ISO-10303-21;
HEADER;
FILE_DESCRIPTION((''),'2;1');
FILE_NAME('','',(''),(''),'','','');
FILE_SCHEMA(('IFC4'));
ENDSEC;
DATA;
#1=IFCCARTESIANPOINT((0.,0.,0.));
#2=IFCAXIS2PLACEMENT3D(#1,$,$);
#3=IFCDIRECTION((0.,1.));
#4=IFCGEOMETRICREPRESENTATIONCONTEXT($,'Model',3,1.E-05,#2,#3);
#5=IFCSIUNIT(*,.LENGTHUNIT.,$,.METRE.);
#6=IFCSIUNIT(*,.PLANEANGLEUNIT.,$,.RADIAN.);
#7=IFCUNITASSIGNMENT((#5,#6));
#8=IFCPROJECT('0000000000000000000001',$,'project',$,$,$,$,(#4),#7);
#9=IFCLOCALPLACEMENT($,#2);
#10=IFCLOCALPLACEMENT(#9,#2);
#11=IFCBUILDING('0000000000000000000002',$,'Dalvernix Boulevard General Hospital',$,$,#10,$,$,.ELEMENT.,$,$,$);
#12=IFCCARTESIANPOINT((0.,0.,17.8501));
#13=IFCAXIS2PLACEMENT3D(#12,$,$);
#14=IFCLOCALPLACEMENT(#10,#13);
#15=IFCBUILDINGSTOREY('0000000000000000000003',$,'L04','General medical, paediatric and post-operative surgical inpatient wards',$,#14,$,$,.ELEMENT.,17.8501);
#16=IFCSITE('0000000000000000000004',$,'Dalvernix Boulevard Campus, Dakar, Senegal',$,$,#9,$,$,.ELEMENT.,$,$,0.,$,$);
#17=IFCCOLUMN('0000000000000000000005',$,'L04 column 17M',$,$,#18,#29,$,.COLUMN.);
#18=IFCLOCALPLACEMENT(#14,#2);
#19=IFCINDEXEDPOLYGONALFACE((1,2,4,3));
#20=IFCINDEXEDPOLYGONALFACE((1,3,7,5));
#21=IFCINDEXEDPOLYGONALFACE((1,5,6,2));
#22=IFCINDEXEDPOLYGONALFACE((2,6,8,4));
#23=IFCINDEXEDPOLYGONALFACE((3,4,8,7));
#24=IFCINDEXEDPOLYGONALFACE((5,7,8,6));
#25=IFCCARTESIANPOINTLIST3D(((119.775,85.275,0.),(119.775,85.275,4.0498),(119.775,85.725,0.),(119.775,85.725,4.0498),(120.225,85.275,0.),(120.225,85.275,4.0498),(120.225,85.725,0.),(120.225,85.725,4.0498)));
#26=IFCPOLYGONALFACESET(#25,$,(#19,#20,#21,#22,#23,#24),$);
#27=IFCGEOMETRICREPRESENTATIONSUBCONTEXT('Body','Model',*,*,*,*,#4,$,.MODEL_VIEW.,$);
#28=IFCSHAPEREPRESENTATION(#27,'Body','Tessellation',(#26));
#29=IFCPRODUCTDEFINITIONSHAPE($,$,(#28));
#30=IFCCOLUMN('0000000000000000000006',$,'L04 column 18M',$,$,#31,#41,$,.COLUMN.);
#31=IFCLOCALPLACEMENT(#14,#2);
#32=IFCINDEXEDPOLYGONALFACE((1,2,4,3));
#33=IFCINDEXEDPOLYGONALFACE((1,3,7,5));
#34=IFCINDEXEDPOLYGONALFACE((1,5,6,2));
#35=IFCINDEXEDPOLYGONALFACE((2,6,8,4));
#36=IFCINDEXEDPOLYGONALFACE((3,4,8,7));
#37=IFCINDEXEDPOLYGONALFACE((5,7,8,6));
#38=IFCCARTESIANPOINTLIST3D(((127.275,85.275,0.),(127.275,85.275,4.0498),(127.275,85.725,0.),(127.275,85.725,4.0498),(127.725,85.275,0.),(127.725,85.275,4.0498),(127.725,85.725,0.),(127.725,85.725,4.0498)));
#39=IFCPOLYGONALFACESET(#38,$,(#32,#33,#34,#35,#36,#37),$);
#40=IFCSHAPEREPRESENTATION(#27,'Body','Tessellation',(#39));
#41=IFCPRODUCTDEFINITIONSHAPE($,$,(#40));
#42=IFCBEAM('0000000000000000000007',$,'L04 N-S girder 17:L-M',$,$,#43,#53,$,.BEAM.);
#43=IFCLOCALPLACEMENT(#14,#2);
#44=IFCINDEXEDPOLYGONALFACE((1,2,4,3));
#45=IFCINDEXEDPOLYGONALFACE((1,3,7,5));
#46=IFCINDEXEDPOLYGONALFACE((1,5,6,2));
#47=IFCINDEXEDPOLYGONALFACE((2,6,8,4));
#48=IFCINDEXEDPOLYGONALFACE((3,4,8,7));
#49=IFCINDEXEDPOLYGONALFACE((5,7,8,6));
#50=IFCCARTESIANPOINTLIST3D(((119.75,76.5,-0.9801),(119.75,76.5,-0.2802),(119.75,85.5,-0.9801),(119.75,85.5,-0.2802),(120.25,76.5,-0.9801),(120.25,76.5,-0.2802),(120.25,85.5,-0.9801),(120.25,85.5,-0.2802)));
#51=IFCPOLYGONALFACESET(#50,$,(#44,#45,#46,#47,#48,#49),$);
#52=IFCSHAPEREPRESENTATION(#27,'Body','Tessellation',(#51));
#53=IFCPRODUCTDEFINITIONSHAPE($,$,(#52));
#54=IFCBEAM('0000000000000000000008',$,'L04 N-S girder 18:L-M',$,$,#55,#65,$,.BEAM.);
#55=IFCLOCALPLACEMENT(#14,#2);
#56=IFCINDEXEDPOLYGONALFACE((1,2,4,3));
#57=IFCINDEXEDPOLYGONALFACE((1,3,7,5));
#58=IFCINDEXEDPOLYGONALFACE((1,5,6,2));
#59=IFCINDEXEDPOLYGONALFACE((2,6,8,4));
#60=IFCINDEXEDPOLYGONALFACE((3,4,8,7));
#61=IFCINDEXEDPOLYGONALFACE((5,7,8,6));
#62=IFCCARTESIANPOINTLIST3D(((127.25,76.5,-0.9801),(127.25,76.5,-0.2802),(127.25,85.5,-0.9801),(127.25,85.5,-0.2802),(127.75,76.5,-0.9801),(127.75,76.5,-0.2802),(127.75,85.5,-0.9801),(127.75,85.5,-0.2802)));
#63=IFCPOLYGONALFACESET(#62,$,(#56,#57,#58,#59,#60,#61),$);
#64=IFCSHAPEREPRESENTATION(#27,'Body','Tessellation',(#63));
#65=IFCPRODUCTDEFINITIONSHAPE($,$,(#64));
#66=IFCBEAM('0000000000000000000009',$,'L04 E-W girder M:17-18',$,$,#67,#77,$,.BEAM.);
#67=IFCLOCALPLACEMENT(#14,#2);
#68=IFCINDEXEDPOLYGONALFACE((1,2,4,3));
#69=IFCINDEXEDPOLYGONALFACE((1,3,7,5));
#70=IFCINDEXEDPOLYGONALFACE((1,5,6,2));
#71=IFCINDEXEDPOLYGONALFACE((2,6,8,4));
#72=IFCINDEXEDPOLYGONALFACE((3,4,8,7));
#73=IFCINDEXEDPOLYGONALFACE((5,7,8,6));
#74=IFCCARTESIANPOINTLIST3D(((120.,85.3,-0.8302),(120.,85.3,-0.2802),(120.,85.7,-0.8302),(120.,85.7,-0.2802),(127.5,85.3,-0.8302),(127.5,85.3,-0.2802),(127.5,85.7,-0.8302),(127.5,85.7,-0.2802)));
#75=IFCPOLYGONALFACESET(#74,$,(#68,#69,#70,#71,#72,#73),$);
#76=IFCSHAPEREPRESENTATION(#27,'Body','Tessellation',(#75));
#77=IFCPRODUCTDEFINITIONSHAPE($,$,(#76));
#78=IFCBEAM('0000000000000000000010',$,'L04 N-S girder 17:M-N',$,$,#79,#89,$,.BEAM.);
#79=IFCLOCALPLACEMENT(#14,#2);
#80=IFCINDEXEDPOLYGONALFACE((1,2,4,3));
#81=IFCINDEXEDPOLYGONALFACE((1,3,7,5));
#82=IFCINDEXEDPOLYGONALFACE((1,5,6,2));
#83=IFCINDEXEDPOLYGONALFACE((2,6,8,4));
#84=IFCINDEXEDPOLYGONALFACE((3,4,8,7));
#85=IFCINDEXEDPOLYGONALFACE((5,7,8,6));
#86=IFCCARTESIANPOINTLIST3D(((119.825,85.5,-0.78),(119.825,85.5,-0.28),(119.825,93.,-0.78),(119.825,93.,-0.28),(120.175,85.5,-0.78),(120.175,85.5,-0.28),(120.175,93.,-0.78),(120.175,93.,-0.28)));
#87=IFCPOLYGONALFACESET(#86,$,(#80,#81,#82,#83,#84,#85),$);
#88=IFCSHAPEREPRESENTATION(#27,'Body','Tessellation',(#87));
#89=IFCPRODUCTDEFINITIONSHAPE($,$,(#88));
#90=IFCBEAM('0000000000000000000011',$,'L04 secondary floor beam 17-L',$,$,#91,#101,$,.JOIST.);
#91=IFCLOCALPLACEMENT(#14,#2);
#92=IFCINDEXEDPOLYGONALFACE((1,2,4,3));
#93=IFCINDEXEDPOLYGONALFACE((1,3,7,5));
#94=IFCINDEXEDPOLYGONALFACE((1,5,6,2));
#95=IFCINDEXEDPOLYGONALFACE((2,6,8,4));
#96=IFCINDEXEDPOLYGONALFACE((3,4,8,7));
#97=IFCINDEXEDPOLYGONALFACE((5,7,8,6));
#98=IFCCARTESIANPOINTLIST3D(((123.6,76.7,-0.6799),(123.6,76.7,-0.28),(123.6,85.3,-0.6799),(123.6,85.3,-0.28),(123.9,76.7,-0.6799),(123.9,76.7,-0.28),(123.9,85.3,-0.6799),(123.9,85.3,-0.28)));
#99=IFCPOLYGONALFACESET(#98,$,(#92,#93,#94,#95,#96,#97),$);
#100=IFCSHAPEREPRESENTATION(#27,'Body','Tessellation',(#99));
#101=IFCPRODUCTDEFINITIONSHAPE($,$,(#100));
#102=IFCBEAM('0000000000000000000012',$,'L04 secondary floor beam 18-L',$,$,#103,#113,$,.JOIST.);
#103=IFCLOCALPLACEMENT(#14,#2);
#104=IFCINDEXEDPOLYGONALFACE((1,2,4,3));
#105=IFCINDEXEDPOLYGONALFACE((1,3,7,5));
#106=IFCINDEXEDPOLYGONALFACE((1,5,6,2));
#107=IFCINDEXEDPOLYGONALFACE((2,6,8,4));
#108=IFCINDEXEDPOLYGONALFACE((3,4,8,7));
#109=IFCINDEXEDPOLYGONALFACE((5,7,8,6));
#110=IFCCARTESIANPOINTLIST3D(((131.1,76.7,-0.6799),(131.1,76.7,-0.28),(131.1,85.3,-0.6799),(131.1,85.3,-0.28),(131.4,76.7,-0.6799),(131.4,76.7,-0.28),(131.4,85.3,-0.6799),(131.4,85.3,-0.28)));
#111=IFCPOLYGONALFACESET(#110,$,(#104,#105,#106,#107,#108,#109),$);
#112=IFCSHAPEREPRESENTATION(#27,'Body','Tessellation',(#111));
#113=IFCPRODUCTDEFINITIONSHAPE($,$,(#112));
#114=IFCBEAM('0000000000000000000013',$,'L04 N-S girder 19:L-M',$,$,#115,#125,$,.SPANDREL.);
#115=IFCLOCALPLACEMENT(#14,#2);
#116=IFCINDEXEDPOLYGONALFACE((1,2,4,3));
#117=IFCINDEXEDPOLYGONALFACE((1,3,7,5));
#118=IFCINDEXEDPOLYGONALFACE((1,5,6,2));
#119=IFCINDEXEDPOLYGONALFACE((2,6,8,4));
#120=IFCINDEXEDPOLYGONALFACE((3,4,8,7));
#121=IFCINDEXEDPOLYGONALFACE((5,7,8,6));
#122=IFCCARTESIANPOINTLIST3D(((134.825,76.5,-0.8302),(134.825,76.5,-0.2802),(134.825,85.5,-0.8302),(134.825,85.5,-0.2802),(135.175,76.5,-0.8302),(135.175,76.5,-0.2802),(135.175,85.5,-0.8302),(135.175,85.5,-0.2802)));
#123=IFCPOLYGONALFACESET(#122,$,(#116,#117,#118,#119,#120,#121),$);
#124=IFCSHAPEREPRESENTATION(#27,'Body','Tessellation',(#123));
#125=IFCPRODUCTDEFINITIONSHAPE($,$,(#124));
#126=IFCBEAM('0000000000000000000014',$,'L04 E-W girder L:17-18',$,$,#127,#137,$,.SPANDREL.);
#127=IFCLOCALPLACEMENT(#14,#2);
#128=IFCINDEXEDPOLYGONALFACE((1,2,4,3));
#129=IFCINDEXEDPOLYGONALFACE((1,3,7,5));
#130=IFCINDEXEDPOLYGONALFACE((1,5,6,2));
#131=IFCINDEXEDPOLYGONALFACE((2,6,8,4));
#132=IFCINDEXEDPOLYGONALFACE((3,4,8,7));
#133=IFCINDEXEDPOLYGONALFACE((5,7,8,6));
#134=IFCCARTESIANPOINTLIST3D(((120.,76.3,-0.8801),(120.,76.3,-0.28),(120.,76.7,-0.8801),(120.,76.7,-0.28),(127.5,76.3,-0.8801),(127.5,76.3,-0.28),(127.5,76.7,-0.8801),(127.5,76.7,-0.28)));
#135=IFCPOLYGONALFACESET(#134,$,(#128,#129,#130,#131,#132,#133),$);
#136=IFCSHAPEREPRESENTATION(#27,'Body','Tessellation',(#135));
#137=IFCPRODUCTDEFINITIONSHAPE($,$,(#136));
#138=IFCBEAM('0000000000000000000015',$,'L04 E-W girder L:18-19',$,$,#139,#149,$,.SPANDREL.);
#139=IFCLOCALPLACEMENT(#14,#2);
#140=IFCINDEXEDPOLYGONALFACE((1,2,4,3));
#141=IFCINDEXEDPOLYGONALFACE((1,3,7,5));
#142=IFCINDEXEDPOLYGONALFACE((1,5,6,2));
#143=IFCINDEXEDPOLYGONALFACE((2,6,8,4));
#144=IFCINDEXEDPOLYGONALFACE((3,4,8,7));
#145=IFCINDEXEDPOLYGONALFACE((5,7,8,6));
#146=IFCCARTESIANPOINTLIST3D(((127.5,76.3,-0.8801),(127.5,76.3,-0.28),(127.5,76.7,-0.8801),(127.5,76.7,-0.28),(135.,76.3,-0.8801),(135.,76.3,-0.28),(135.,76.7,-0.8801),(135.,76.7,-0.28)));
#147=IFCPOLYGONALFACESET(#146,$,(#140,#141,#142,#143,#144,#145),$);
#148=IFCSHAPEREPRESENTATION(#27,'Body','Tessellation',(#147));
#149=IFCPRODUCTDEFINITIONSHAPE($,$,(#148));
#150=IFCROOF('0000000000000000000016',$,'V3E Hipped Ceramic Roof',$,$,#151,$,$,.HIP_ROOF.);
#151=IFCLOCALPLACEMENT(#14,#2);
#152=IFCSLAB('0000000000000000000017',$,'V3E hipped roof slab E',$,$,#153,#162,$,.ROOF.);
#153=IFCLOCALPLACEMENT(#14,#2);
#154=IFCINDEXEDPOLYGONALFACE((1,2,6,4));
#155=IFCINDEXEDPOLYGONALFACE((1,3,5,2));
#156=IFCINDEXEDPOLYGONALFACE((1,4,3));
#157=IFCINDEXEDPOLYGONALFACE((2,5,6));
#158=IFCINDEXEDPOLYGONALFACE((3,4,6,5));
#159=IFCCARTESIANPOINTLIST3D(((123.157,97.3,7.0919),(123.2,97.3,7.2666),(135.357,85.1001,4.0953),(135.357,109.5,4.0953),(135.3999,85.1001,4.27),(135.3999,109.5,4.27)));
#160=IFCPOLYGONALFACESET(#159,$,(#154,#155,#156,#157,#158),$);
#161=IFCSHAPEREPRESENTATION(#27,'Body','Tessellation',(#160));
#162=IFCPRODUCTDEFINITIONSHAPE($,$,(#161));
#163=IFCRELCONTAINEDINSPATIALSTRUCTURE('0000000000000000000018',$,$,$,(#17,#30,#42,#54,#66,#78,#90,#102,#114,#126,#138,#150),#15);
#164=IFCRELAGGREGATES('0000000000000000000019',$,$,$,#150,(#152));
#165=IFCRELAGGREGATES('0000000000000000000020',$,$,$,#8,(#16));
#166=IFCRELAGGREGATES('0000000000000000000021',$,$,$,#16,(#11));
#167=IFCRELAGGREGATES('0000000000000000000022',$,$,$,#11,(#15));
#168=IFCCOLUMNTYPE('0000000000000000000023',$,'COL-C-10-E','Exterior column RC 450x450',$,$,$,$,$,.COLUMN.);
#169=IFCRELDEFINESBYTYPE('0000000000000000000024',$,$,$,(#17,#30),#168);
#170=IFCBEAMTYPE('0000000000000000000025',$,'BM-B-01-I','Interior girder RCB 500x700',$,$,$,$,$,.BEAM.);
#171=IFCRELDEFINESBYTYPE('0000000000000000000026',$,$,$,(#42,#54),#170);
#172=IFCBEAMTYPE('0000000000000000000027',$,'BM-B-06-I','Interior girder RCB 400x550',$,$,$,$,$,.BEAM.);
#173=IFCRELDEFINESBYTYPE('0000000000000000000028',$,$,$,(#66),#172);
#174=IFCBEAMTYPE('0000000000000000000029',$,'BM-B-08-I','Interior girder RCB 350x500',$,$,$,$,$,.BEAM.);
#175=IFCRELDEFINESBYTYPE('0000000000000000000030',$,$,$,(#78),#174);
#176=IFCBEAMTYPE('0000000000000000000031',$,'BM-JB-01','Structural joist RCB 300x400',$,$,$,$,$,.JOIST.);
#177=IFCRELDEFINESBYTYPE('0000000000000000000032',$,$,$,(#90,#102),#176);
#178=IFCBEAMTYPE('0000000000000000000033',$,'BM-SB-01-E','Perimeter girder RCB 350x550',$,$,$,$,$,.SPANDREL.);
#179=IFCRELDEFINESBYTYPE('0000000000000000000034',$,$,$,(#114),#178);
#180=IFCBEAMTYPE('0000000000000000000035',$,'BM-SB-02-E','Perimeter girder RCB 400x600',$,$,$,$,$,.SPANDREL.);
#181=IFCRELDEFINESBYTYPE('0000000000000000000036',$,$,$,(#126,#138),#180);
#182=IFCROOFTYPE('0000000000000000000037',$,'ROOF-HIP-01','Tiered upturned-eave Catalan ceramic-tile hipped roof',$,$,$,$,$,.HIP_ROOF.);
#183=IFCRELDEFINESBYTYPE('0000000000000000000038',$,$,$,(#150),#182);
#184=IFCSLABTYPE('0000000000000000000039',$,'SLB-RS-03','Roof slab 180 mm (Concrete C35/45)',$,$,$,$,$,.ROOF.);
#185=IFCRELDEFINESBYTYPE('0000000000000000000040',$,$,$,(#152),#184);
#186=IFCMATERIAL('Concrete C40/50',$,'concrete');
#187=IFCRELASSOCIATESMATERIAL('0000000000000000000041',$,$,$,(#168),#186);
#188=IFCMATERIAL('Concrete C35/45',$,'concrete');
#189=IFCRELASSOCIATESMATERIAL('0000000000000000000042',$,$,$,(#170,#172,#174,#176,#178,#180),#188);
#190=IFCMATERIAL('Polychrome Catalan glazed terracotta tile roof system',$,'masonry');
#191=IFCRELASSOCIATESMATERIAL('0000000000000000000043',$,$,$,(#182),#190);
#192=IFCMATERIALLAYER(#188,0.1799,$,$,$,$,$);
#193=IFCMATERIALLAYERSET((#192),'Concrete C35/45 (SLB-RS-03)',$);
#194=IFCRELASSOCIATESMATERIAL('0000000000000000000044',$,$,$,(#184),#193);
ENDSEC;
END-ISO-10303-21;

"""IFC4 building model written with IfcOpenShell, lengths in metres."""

from ifc_helpers import new_model, si_unit, direction, frame, origin, origin_2d, place, context, subcontext, project, spatial, polyline, rectangle, outline, extrude, material, layer, layer_set, material_profile, profile_set, type_object, element, aggregate, save


model = new_model("IFC4")

# Units and contexts
model_context = context("Model", 3, precision=1e-05, world=origin(), true_north=direction((0.0, 1.0)))
body_context = subcontext(model_context, "Body", "Model", "MODEL_VIEW")
ifc_project = project(units=[si_unit("LENGTHUNIT", "METRE"), si_unit("PLANEANGLEUNIT", "RADIAN")], contexts=[model_context])

# Site, building, storey
site_placement = place(None, origin())
site = spatial("IfcSite", under=ifc_project, at=site_placement, Name="Dalvernix Boulevard Campus, Dakar, Senegal", CompositionType="ELEMENT", RefElevation=0.0)
building_placement = place(site_placement, origin())
building = spatial("IfcBuilding", under=site, at=building_placement, Name="Dalvernix Boulevard General Hospital", CompositionType="ELEMENT")
storey_placement = place(building_placement, frame((0.0, 0.0, 17.8501)))
storey = spatial("IfcBuildingStorey", under=building, at=storey_placement, Name="L04", Description="General medical, paediatric and post-operative surgical inpatient wards", CompositionType="ELEMENT", Elevation=17.8501)

# Columns
ifc_material_1 = material(Name="Concrete C40/50", Category="concrete")
ifc_material_profile_1 = material_profile(ifc_material_1, rectangle(XDim=0.45, YDim=0.45, at=origin_2d()), Name="RC 450x450")
ifc_profile_set_1 = profile_set([ifc_material_profile_1], Name="Concrete C40/50")
column_type = type_object("IfcColumnType", Name="COL-C-10-E", Description="Exterior column RC 450x450", PredefinedType="COLUMN", material=ifc_profile_set_1)
for number, where, z_axis, x_axis, name in (
    (1, (120.0, 85.5, 0.0), (0.0, 0.0, 1.0), (1.0, 0.0, 0.0), "L04 column 17M"),
    (2, (127.5, 85.5, 0.0), (0.0, 0.0, 1.0), (1.0, 0.0, 0.0), "L04 column 18M"),
):
    element("IfcColumn", number, at=place(storey_placement, frame(where, z_axis=z_axis, x_axis=x_axis)), inside=storey, type_object=column_type, Name=name, PredefinedType="COLUMN", context=body_context, shape_type="SweptSolid", body=[
        extrude(rectangle(XDim=0.45, YDim=0.45, at=origin_2d()), origin(), (0.0, 0.0, 1.0), 4.0498),
    ])

# Beams
ifc_material_2 = material(Name="Concrete C35/45", Category="concrete")
ifc_material_profile_2 = material_profile(ifc_material_2, rectangle(XDim=0.5, YDim=0.7, at=origin_2d()), Name="RCB 500x700")
ifc_profile_set_2 = profile_set([ifc_material_profile_2], Name="Concrete C35/45")
beam_type_1 = type_object("IfcBeamType", Name="BM-B-01-I", Description="Interior girder RCB 500x700", PredefinedType="BEAM", material=ifc_profile_set_2)
for number, where, z_axis, x_axis, name in (
    (3, (120.0, 76.5, -0.6301), (0.0, 1.0, 0.0), (-1.0, 0.0, 0.0), "L04 N-S girder 17:L-M"),
    (4, (127.5, 76.5, -0.6301), (0.0, 1.0, 0.0), (-1.0, 0.0, 0.0), "L04 N-S girder 18:L-M"),
):
    element("IfcBeam", number, at=place(storey_placement, frame(where, z_axis=z_axis, x_axis=x_axis)), inside=storey, type_object=beam_type_1, Name=name, PredefinedType="BEAM", context=body_context, shape_type="SweptSolid", body=[
        extrude(rectangle(XDim=0.5, YDim=0.7, at=origin_2d()), origin(), (0.0, 0.0, 1.0), 9.0),
    ])
ifc_material_profile_3 = material_profile(ifc_material_2, rectangle(XDim=0.3999, YDim=0.55, at=origin_2d()), Name="RCB 400x550")
ifc_profile_set_3 = profile_set([ifc_material_profile_3], Name="Concrete C35/45")
beam_type_2 = type_object("IfcBeamType", Name="BM-B-06-I", Description="Interior girder RCB 400x550", PredefinedType="BEAM", material=ifc_profile_set_3)
beam_1_placement = place(storey_placement, frame((120.0, 85.5, -0.5552), z_axis=(1.0, 0.0, 0.0), x_axis=(0.0, 1.0, 0.0)))
element("IfcBeam", 5, at=beam_1_placement, inside=storey, type_object=beam_type_2, Name="L04 E-W girder M:17-18", PredefinedType="BEAM", context=body_context, shape_type="SweptSolid", body=[
    extrude(rectangle(XDim=0.3999, YDim=0.55, at=origin_2d()), origin(), (0.0, 0.0, 1.0), 7.5),
])
ifc_material_profile_4 = material_profile(ifc_material_2, rectangle(XDim=0.3501, YDim=0.5, at=origin_2d()), Name="RCB 350x500")
ifc_profile_set_4 = profile_set([ifc_material_profile_4], Name="Concrete C35/45")
beam_type_3 = type_object("IfcBeamType", Name="BM-B-08-I", Description="Interior girder RCB 350x500", PredefinedType="BEAM", material=ifc_profile_set_4)
beam_2_placement = place(storey_placement, frame((120.0, 85.5, -0.53), z_axis=(0.0, 1.0, 0.0), x_axis=(-1.0, 0.0, 0.0)))
element("IfcBeam", 6, at=beam_2_placement, inside=storey, type_object=beam_type_3, Name="L04 N-S girder 17:M-N", PredefinedType="BEAM", context=body_context, shape_type="SweptSolid", body=[
    extrude(rectangle(XDim=0.3501, YDim=0.5, at=origin_2d()), origin(), (0.0, 0.0, 1.0), 7.5),
])
ifc_material_profile_5 = material_profile(ifc_material_2, rectangle(XDim=0.3, YDim=0.3999, at=origin_2d()), Name="RCB 300x400")
ifc_profile_set_5 = profile_set([ifc_material_profile_5], Name="Concrete C35/45")
beam_type_4 = type_object("IfcBeamType", Name="BM-JB-01", Description="Structural joist RCB 300x400", PredefinedType="JOIST", material=ifc_profile_set_5)
for number, where, z_axis, x_axis, name in (
    (7, (123.75, 76.7, -0.48), (0.0, 1.0, 0.0), (-1.0, 0.0, 0.0), "L04 secondary floor beam 17-L"),
    (8, (131.25, 76.7, -0.48), (0.0, 1.0, 0.0), (-1.0, 0.0, 0.0), "L04 secondary floor beam 18-L"),
):
    element("IfcBeam", number, at=place(storey_placement, frame(where, z_axis=z_axis, x_axis=x_axis)), inside=storey, type_object=beam_type_4, Name=name, PredefinedType="JOIST", context=body_context, shape_type="SweptSolid", body=[
        extrude(rectangle(XDim=0.3, YDim=0.3999, at=origin_2d()), origin(), (0.0, 0.0, 1.0), 8.6001),
    ])
ifc_material_profile_6 = material_profile(ifc_material_2, rectangle(XDim=0.3501, YDim=0.55, at=origin_2d()), Name="RCB 350x550")
ifc_profile_set_6 = profile_set([ifc_material_profile_6], Name="Concrete C35/45")
beam_type_5 = type_object("IfcBeamType", Name="BM-SB-01-E", Description="Perimeter girder RCB 350x550", PredefinedType="SPANDREL", material=ifc_profile_set_6)
beam_3_placement = place(storey_placement, frame((135.0, 76.5, -0.5552), z_axis=(0.0, 1.0, 0.0), x_axis=(-1.0, 0.0, 0.0)))
element("IfcBeam", 9, at=beam_3_placement, inside=storey, type_object=beam_type_5, Name="L04 N-S girder 19:L-M", PredefinedType="SPANDREL", context=body_context, shape_type="SweptSolid", body=[
    extrude(rectangle(XDim=0.3501, YDim=0.55, at=origin_2d()), origin(), (0.0, 0.0, 1.0), 9.0),
])
ifc_material_profile_7 = material_profile(ifc_material_2, rectangle(XDim=0.3999, YDim=0.6001, at=origin_2d()), Name="RCB 400x600")
ifc_profile_set_7 = profile_set([ifc_material_profile_7], Name="Concrete C35/45")
beam_type_6 = type_object("IfcBeamType", Name="BM-SB-02-E", Description="Perimeter girder RCB 400x600", PredefinedType="SPANDREL", material=ifc_profile_set_7)
for number, where, z_axis, x_axis, name in (
    (10, (120.0, 76.5, -0.5801), (1.0, 0.0, 0.0), (0.0, 1.0, 0.0), "L04 E-W girder L:17-18"),
    (11, (127.5, 76.5, -0.5801), (1.0, 0.0, 0.0), (0.0, 1.0, 0.0), "L04 E-W girder L:18-19"),
):
    element("IfcBeam", number, at=place(storey_placement, frame(where, z_axis=z_axis, x_axis=x_axis)), inside=storey, type_object=beam_type_6, Name=name, PredefinedType="SPANDREL", context=body_context, shape_type="SweptSolid", body=[
        extrude(rectangle(XDim=0.3999, YDim=0.6001, at=origin_2d()), origin(), (0.0, 0.0, 1.0), 7.5),
    ])

# Roof, slab
ifc_material_3 = material(Name="Polychrome Catalan glazed terracotta tile roof system", Category="masonry")
roof_type_1 = type_object("IfcRoofType", Name="ROOF-HIP-01", Description="Tiered upturned-eave Catalan ceramic-tile hipped roof", PredefinedType="HIP_ROOF", material=ifc_material_3)
roof_1_placement = place(storey_placement, origin())
roof_1 = element("IfcRoof", 12, at=roof_1_placement, inside=storey, type_object=roof_type_1, Name="V3E Hipped Ceramic Roof", PredefinedType="HIP_ROOF")
ifc_layer_1 = layer(ifc_material_2, 0.1799)
ifc_layer_set_1 = layer_set([ifc_layer_1], Name="Concrete C35/45 (SLB-RS-03)")
slab_type = type_object("IfcSlabType", Name="SLB-RS-03", Description="Roof slab 180 mm (Concrete C35/45)", PredefinedType="ROOF", material=ifc_layer_set_1)
slab_placement = place(storey_placement, frame((135.3999, 85.1001, 4.27), z_axis=(0.238532, 0.0, 0.971135), x_axis=(0.0, 1.0, 0.0)))
slab = element("IfcSlab", 13, at=slab_placement, type_object=slab_type, Name="V3E hipped roof slab E", PredefinedType="ROOF", context=body_context, shape_type="SweptSolid", body=[
    extrude(outline(polyline([(0.0, 0.0), (24.3999, 0.0), (12.2, 12.5626), (0.0, 0.0)])), origin(), (0.0, 0.0, -1.0), 0.1799),
])
aggregate(roof_1, [slab])

save(model, "model.ifc")
